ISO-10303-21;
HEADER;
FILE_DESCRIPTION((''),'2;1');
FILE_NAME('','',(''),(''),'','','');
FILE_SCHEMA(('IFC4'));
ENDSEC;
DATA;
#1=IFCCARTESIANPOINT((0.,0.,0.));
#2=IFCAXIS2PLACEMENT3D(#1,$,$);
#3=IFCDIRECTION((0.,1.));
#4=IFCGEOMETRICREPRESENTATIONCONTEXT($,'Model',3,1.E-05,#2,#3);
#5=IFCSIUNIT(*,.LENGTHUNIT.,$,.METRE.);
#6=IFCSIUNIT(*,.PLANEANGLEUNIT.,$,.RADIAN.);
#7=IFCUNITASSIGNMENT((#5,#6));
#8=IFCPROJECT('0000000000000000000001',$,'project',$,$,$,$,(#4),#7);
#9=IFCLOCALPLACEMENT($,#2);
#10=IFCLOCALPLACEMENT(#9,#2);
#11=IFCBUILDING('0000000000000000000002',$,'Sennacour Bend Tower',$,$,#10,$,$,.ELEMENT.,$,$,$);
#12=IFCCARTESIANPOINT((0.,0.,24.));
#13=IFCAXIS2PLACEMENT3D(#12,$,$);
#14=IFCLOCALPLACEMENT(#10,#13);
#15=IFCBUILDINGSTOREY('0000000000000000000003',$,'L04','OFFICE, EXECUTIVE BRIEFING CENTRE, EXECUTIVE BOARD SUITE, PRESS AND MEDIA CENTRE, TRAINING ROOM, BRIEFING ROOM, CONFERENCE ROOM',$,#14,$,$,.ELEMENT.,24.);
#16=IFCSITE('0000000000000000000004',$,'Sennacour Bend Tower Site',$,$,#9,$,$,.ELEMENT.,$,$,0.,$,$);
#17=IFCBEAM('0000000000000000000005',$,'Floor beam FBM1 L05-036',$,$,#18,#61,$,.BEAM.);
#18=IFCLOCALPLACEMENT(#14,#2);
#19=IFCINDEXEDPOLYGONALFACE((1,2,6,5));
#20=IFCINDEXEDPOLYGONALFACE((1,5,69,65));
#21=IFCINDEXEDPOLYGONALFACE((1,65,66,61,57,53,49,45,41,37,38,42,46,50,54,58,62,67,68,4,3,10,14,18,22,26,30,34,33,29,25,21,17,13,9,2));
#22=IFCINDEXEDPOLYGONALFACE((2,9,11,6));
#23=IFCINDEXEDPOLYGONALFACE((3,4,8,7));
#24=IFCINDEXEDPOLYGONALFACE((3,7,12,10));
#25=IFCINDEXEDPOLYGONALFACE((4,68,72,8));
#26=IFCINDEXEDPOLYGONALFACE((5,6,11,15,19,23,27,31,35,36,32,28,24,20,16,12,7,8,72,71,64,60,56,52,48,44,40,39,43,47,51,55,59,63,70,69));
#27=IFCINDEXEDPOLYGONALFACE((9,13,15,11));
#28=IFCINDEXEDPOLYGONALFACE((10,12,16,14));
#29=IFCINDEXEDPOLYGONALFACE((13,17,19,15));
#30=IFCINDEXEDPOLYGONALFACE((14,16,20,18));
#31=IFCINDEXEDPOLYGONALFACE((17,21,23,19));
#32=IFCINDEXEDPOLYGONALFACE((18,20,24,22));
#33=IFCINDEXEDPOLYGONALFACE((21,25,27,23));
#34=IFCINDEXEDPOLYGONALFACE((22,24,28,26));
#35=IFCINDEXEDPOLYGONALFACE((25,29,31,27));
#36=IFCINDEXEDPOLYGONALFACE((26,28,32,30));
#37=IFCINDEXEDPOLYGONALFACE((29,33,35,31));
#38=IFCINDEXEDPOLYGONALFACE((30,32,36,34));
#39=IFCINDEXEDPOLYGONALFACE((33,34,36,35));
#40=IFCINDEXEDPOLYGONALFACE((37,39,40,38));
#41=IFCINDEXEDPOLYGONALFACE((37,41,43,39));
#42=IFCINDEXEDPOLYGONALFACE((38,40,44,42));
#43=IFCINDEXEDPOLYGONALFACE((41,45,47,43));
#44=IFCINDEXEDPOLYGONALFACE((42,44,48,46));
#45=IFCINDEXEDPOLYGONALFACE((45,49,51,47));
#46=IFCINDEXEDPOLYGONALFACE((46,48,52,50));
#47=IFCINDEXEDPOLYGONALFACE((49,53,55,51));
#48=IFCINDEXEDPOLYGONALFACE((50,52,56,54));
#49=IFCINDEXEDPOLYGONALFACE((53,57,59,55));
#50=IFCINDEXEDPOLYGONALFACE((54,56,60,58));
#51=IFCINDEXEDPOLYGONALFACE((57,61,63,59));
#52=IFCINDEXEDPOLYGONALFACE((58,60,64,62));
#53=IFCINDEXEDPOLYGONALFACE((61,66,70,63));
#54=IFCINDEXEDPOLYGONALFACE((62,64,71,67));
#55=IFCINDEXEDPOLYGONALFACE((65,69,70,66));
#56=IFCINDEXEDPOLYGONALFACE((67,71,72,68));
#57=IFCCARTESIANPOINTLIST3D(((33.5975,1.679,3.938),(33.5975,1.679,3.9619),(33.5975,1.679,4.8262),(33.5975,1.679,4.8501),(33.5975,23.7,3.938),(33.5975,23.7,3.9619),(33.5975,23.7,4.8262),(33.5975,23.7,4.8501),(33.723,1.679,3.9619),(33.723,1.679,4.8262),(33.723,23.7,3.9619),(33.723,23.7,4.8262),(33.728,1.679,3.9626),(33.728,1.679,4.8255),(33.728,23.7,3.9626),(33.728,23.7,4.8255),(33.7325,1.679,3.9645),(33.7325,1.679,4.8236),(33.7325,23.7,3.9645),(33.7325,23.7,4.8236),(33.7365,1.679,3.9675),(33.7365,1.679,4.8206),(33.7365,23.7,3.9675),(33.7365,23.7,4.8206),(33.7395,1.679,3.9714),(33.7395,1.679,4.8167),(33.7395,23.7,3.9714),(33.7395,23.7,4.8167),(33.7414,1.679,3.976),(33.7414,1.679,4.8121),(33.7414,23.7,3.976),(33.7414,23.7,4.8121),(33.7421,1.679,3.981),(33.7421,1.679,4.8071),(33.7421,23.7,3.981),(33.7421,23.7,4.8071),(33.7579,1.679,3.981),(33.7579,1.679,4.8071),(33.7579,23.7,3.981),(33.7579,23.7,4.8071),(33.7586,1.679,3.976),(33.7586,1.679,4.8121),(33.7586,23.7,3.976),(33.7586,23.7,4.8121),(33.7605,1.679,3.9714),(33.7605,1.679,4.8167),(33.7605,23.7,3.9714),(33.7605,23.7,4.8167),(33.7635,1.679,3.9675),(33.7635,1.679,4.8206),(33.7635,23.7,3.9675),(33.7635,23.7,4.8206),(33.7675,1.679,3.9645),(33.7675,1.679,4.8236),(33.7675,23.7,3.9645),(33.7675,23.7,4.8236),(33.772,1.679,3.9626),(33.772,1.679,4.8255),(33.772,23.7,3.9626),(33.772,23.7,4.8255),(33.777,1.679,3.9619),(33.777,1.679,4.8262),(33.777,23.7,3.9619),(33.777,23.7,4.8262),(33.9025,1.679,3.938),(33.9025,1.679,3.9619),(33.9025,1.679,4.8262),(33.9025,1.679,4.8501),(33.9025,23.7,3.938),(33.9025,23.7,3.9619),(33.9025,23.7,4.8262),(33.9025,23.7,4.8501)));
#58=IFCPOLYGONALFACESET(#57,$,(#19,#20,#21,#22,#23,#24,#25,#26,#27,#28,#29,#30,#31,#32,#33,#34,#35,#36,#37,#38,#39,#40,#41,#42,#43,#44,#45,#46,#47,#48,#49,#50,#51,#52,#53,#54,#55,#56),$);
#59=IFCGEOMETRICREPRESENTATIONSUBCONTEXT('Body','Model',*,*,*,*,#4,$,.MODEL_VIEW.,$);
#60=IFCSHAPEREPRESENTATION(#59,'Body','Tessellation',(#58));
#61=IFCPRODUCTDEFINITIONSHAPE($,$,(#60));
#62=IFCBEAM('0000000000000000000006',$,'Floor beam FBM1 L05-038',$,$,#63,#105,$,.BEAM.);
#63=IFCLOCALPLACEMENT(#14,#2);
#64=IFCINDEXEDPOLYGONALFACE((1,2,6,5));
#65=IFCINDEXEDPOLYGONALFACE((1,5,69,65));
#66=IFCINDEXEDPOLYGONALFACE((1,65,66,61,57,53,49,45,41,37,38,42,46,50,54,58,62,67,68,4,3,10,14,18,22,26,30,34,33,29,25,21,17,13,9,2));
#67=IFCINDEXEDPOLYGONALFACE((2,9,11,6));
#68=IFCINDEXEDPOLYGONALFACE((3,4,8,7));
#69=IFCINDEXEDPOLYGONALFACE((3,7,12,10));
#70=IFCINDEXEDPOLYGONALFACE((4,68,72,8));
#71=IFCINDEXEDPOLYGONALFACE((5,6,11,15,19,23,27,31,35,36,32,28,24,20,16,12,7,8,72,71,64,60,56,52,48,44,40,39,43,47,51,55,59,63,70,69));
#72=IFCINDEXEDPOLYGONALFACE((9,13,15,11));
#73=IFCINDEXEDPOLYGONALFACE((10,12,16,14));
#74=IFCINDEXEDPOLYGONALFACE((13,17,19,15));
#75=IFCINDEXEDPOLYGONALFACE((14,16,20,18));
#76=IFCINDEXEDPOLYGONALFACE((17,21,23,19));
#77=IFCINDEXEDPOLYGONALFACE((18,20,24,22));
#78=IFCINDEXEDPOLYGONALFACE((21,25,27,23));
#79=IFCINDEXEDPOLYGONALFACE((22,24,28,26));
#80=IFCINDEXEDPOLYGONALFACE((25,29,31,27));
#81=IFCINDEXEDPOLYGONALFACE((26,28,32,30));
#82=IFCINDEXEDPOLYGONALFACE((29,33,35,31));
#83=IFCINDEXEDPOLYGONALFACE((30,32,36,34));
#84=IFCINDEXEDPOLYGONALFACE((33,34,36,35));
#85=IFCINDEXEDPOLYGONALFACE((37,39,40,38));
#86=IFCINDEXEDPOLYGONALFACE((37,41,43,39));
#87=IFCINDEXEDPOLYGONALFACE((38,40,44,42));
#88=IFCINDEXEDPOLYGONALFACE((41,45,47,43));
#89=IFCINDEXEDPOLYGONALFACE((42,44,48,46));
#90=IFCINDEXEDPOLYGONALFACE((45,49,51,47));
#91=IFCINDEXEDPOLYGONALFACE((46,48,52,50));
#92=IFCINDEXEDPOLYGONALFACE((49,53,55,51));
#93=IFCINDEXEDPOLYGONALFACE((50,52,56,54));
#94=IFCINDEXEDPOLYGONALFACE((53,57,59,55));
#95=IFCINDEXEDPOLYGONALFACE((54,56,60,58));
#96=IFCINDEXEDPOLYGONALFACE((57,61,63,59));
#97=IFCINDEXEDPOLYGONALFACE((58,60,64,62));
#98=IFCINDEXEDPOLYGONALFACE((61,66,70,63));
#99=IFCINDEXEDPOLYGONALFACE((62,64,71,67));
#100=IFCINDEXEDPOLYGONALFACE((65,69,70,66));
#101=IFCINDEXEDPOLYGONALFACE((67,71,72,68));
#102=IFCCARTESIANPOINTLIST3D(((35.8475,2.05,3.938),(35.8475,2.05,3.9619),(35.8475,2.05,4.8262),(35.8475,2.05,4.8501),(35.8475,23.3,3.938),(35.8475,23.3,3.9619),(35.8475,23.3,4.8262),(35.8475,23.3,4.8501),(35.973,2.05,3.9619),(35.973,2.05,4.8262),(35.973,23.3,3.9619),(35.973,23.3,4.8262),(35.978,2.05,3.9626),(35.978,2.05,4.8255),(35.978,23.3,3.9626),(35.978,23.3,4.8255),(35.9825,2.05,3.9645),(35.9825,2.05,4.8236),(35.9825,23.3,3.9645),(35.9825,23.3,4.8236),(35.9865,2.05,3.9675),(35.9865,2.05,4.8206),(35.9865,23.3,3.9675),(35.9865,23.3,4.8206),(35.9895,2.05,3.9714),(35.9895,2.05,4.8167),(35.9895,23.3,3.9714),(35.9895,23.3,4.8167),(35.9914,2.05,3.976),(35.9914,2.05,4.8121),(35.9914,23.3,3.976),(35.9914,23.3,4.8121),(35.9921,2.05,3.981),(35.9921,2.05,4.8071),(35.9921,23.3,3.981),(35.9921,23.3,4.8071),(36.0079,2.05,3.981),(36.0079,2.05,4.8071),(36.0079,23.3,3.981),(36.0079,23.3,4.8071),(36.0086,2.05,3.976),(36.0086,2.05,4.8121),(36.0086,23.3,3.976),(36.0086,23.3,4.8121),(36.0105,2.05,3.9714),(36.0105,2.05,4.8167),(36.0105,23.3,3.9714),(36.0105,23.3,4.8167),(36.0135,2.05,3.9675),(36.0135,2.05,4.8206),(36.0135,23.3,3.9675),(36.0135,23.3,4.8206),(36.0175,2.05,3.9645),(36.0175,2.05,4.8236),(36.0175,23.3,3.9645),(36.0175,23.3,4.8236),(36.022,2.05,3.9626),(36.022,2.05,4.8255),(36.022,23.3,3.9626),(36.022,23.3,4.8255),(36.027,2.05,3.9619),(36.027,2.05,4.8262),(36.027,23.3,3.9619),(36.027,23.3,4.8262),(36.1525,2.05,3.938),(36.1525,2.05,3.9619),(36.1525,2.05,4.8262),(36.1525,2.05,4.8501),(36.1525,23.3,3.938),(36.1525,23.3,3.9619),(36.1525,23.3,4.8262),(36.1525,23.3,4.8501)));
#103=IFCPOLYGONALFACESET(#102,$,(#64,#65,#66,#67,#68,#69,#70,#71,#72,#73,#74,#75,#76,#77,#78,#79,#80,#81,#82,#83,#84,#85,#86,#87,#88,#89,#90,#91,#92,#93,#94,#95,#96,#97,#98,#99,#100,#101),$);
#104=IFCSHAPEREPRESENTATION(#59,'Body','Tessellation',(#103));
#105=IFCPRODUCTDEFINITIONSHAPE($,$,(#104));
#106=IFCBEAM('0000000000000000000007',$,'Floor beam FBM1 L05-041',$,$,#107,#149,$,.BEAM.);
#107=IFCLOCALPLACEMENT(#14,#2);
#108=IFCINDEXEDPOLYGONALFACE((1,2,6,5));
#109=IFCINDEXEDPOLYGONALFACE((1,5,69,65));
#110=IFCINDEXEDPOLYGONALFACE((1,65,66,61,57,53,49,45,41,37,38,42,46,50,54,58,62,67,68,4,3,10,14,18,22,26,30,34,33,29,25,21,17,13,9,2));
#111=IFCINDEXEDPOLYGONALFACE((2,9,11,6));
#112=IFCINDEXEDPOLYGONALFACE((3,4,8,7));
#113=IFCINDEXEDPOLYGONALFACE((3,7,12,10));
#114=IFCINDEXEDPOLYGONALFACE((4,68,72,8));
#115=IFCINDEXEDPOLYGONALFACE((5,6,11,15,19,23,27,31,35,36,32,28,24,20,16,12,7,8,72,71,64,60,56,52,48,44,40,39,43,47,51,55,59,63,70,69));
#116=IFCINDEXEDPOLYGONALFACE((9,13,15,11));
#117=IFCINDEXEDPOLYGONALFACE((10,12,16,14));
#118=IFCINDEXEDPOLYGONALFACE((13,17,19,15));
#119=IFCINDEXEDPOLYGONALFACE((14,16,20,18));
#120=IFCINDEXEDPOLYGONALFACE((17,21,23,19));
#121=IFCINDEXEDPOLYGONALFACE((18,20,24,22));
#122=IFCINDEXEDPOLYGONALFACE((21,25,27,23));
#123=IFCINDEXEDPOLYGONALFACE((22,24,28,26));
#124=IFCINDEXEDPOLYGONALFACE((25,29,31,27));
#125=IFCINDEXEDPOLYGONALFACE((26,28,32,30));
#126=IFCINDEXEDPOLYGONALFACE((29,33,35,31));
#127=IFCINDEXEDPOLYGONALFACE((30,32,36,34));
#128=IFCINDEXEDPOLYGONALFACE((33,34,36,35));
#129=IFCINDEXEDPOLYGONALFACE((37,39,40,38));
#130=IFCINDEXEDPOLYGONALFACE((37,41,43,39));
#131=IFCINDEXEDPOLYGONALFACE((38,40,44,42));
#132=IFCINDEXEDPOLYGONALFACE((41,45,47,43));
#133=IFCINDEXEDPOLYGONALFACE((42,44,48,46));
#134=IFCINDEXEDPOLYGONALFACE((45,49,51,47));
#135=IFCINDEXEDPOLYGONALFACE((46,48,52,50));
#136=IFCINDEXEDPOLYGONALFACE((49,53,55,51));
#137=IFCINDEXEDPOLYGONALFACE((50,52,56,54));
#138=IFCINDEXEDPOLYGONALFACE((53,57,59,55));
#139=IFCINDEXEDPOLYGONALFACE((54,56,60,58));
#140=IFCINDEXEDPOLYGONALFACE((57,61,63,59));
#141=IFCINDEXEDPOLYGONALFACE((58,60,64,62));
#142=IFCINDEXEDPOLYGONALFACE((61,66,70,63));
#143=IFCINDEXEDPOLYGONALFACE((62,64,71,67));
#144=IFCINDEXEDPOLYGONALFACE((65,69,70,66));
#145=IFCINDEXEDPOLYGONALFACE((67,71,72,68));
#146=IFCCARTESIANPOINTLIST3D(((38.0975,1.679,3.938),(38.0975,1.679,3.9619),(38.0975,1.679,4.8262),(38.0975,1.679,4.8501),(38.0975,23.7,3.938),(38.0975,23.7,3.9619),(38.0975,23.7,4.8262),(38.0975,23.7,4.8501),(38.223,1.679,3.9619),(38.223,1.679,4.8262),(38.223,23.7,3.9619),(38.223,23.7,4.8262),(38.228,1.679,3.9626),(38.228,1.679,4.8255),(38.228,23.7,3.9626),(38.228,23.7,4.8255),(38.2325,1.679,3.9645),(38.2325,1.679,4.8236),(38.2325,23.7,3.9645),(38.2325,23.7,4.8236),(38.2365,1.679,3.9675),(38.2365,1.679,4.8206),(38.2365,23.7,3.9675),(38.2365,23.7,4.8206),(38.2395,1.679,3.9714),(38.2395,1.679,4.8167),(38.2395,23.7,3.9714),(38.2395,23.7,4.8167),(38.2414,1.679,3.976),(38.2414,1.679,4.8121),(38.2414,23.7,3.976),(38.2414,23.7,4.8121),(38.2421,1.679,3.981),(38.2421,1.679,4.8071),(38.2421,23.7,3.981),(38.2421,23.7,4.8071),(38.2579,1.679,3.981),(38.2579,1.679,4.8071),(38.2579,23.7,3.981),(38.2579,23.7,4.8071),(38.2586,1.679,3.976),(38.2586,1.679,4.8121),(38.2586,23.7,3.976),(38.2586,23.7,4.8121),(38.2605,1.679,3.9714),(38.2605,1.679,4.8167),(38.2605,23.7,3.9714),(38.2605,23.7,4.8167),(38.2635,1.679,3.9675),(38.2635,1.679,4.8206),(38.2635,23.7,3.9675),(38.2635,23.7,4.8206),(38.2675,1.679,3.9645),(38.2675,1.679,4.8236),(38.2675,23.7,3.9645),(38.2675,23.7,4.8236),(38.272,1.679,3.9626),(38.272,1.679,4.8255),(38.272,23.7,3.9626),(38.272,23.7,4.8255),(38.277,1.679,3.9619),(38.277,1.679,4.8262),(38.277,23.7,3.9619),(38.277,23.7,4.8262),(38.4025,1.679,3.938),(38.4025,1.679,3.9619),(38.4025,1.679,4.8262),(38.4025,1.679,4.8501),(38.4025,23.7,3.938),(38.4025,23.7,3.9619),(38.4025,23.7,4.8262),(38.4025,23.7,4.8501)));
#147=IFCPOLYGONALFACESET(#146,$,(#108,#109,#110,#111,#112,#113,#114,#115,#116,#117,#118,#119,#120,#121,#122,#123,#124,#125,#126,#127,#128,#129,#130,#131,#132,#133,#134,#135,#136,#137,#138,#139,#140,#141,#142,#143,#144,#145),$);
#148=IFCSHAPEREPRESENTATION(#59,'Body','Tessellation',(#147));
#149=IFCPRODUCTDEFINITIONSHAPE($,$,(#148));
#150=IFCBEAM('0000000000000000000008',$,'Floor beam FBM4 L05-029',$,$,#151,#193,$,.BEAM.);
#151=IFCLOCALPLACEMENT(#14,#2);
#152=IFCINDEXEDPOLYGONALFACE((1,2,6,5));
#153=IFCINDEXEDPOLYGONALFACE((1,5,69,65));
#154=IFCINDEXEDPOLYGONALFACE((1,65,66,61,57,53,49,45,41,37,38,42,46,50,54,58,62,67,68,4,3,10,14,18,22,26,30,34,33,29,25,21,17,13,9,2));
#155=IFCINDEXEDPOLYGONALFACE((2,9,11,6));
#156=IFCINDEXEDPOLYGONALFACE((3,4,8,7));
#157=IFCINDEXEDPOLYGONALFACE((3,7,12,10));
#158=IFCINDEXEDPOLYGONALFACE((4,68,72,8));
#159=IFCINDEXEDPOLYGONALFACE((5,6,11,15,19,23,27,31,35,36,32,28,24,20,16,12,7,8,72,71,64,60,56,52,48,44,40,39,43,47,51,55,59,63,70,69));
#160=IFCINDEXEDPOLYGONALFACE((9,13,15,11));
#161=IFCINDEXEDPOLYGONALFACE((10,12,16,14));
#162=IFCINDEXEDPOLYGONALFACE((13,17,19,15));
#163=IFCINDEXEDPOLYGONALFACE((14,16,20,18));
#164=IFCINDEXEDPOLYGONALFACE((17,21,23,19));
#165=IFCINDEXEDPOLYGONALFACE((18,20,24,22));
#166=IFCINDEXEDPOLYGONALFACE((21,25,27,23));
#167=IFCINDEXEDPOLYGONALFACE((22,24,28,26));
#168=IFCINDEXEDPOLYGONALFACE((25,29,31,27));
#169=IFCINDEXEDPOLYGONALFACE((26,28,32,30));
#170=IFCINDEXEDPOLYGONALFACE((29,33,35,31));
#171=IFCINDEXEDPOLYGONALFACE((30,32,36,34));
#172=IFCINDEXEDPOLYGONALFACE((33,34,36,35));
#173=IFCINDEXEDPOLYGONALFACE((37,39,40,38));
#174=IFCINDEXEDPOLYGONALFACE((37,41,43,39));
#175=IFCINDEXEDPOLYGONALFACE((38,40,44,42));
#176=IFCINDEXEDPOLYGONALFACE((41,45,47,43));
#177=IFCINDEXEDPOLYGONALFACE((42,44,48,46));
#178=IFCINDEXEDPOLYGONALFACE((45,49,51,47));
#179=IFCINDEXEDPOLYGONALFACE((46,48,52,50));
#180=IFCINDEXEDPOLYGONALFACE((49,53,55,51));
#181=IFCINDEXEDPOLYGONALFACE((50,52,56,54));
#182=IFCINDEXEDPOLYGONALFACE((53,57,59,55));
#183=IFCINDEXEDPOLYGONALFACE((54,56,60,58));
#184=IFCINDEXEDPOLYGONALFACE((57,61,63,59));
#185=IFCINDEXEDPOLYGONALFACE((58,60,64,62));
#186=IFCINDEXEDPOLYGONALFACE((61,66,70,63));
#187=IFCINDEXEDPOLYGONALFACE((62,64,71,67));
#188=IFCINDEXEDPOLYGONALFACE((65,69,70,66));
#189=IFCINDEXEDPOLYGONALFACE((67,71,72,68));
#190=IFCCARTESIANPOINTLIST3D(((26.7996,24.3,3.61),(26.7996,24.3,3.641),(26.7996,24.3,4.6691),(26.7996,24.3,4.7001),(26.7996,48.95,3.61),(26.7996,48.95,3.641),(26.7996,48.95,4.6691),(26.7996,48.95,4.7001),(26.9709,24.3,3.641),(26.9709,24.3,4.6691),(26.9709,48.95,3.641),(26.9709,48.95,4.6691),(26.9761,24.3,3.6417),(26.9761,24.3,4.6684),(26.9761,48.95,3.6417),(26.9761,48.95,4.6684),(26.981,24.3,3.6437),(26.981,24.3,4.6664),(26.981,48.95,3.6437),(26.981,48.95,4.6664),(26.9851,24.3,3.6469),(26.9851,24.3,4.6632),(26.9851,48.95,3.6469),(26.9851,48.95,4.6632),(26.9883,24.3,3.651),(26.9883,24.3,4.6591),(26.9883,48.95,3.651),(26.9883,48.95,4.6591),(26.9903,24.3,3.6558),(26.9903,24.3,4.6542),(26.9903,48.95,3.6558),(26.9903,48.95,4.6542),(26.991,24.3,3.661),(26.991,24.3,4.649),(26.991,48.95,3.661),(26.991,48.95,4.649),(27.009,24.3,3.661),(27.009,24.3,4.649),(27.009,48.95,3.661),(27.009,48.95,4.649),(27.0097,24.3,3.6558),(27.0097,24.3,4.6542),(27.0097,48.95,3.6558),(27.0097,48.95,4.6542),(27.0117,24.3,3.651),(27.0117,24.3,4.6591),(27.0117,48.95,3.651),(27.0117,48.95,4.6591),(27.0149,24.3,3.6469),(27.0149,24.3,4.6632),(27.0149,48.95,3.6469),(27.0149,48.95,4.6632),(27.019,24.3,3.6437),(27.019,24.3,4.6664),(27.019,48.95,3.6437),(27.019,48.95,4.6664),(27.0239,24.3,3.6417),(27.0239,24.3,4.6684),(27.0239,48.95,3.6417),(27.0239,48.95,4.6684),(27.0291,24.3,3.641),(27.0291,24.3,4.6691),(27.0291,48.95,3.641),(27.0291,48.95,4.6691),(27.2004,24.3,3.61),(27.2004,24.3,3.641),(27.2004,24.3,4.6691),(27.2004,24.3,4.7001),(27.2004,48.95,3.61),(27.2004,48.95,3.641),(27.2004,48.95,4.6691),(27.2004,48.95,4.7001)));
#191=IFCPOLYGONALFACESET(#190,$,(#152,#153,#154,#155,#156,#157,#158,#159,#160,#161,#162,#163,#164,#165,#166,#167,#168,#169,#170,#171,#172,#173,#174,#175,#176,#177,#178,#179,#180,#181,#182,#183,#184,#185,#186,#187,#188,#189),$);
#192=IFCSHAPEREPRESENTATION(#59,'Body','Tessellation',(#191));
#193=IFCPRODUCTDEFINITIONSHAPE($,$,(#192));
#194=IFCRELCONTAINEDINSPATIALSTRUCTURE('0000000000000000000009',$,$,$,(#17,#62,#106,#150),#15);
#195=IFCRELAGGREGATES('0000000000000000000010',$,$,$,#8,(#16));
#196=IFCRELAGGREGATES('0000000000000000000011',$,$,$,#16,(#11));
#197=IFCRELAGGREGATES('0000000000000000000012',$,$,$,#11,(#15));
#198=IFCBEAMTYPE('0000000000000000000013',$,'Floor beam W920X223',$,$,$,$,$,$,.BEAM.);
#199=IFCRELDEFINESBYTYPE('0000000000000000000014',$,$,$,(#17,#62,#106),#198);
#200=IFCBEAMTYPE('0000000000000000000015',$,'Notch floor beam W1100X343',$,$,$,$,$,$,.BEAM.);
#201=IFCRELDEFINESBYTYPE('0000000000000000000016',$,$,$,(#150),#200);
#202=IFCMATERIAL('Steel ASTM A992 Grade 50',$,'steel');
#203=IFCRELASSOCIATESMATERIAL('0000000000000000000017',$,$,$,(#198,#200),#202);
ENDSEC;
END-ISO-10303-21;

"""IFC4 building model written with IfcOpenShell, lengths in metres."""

from ifc_helpers import new_model, si_unit, direction, frame, origin, origin_2d, place, context, subcontext, project, spatial, i_section, extrude, material, material_profile, profile_set, type_object, element, save


model = new_model("IFC4")

# Units and contexts
model_context = context("Model", 3, precision=1e-05, world=origin(), true_north=direction((0.0, 1.0)))
body_context = subcontext(model_context, "Body", "Model", "MODEL_VIEW")
ifc_project = project(units=[si_unit("LENGTHUNIT", "METRE"), si_unit("PLANEANGLEUNIT", "RADIAN")], contexts=[model_context])

# Site, building, storey
site_placement = place(None, origin())
site = spatial("IfcSite", under=ifc_project, at=site_placement, Name="Sennacour Bend Tower Site", CompositionType="ELEMENT", RefElevation=0.0)
building_placement = place(site_placement, origin())
building = spatial("IfcBuilding", under=site, at=building_placement, Name="Sennacour Bend Tower", CompositionType="ELEMENT")
storey_placement = place(building_placement, frame((0.0, 0.0, 24.0)))
storey = spatial("IfcBuildingStorey", under=building, at=storey_placement, Name="L04", Description="OFFICE, EXECUTIVE BRIEFING CENTRE, EXECUTIVE BOARD SUITE, PRESS AND MEDIA CENTRE, TRAINING ROOM, BRIEFING ROOM, CONFERENCE ROOM", CompositionType="ELEMENT", Elevation=24.0)

# Beams
ifc_material_1 = material(Name="Steel ASTM A992 Grade 50", Category="steel")
ifc_material_profile_1 = material_profile(ifc_material_1, i_section(OverallWidth=0.3049, OverallDepth=0.9121, WebThickness=0.0159, FlangeThickness=0.0239, FilletRadius=0.019, at=origin_2d()), Name="Steel ASTM A992 Grade 50", Category="steel")
ifc_profile_set_1 = profile_set([ifc_material_profile_1], Name="Steel ASTM A992 Grade 50")
beam_type_1 = type_object("IfcBeamType", Name="Floor beam W920X223", PredefinedType="BEAM", material=ifc_profile_set_1)
beam_1_placement = place(storey_placement, frame((33.75, 1.679, 4.394), z_axis=(0.0, 1.0, 0.0), x_axis=(-1.0, 0.0, 0.0)))
element("IfcBeam", 1, at=beam_1_placement, inside=storey, type_object=beam_type_1, Name="Floor beam FBM1 L05-036", PredefinedType="BEAM", context=body_context, shape_type="SweptSolid", body=[
    extrude(i_section(OverallWidth=0.3049, OverallDepth=0.9121, WebThickness=0.0159, FlangeThickness=0.0239, FilletRadius=0.019, at=origin_2d()), origin(), (0.0, 0.0, 1.0), 22.021),
])
beam_2_placement = place(storey_placement, frame((36.0, 2.05, 4.394), z_axis=(0.0, 1.0, 0.0), x_axis=(-1.0, 0.0, 0.0)))
element("IfcBeam", 2, at=beam_2_placement, inside=storey, type_object=beam_type_1, Name="Floor beam FBM1 L05-038", PredefinedType="BEAM", context=body_context, shape_type="SweptSolid", body=[
    extrude(i_section(OverallWidth=0.3049, OverallDepth=0.9121, WebThickness=0.0159, FlangeThickness=0.0239, FilletRadius=0.019, at=origin_2d()), origin(), (0.0, 0.0, 1.0), 21.25),
])
beam_3_placement = place(storey_placement, frame((38.25, 1.679, 4.394), z_axis=(0.0, 1.0, 0.0), x_axis=(-1.0, 0.0, 0.0)))
element("IfcBeam", 3, at=beam_3_placement, inside=storey, type_object=beam_type_1, Name="Floor beam FBM1 L05-041", PredefinedType="BEAM", context=body_context, shape_type="SweptSolid", body=[
    extrude(i_section(OverallWidth=0.3049, OverallDepth=0.9121, WebThickness=0.0159, FlangeThickness=0.0239, FilletRadius=0.019, at=origin_2d()), origin(), (0.0, 0.0, 1.0), 22.021),
])
ifc_material_profile_2 = material_profile(ifc_material_1, i_section(OverallWidth=0.4009, OverallDepth=1.0901, WebThickness=0.0181, FlangeThickness=0.031, FilletRadius=0.02, at=origin_2d()), Name="Steel ASTM A992 Grade 50", Category="steel")
ifc_profile_set_2 = profile_set([ifc_material_profile_2], Name="Steel ASTM A992 Grade 50")
beam_type_2 = type_object("IfcBeamType", Name="Notch floor beam W1100X343", PredefinedType="BEAM", material=ifc_profile_set_2)
beam_4_placement = place(storey_placement, frame((27.0, 24.3, 4.155), z_axis=(0.0, 1.0, 0.0), x_axis=(-1.0, 0.0, 0.0)))
element("IfcBeam", 4, at=beam_4_placement, inside=storey, type_object=beam_type_2, Name="Floor beam FBM4 L05-029", PredefinedType="BEAM", context=body_context, shape_type="SweptSolid", body=[
    extrude(i_section(OverallWidth=0.4009, OverallDepth=1.0901, WebThickness=0.0181, FlangeThickness=0.031, FilletRadius=0.02, at=origin_2d()), origin(), (0.0, 0.0, 1.0), 24.6499),
])

save(model, "model.ifc")
